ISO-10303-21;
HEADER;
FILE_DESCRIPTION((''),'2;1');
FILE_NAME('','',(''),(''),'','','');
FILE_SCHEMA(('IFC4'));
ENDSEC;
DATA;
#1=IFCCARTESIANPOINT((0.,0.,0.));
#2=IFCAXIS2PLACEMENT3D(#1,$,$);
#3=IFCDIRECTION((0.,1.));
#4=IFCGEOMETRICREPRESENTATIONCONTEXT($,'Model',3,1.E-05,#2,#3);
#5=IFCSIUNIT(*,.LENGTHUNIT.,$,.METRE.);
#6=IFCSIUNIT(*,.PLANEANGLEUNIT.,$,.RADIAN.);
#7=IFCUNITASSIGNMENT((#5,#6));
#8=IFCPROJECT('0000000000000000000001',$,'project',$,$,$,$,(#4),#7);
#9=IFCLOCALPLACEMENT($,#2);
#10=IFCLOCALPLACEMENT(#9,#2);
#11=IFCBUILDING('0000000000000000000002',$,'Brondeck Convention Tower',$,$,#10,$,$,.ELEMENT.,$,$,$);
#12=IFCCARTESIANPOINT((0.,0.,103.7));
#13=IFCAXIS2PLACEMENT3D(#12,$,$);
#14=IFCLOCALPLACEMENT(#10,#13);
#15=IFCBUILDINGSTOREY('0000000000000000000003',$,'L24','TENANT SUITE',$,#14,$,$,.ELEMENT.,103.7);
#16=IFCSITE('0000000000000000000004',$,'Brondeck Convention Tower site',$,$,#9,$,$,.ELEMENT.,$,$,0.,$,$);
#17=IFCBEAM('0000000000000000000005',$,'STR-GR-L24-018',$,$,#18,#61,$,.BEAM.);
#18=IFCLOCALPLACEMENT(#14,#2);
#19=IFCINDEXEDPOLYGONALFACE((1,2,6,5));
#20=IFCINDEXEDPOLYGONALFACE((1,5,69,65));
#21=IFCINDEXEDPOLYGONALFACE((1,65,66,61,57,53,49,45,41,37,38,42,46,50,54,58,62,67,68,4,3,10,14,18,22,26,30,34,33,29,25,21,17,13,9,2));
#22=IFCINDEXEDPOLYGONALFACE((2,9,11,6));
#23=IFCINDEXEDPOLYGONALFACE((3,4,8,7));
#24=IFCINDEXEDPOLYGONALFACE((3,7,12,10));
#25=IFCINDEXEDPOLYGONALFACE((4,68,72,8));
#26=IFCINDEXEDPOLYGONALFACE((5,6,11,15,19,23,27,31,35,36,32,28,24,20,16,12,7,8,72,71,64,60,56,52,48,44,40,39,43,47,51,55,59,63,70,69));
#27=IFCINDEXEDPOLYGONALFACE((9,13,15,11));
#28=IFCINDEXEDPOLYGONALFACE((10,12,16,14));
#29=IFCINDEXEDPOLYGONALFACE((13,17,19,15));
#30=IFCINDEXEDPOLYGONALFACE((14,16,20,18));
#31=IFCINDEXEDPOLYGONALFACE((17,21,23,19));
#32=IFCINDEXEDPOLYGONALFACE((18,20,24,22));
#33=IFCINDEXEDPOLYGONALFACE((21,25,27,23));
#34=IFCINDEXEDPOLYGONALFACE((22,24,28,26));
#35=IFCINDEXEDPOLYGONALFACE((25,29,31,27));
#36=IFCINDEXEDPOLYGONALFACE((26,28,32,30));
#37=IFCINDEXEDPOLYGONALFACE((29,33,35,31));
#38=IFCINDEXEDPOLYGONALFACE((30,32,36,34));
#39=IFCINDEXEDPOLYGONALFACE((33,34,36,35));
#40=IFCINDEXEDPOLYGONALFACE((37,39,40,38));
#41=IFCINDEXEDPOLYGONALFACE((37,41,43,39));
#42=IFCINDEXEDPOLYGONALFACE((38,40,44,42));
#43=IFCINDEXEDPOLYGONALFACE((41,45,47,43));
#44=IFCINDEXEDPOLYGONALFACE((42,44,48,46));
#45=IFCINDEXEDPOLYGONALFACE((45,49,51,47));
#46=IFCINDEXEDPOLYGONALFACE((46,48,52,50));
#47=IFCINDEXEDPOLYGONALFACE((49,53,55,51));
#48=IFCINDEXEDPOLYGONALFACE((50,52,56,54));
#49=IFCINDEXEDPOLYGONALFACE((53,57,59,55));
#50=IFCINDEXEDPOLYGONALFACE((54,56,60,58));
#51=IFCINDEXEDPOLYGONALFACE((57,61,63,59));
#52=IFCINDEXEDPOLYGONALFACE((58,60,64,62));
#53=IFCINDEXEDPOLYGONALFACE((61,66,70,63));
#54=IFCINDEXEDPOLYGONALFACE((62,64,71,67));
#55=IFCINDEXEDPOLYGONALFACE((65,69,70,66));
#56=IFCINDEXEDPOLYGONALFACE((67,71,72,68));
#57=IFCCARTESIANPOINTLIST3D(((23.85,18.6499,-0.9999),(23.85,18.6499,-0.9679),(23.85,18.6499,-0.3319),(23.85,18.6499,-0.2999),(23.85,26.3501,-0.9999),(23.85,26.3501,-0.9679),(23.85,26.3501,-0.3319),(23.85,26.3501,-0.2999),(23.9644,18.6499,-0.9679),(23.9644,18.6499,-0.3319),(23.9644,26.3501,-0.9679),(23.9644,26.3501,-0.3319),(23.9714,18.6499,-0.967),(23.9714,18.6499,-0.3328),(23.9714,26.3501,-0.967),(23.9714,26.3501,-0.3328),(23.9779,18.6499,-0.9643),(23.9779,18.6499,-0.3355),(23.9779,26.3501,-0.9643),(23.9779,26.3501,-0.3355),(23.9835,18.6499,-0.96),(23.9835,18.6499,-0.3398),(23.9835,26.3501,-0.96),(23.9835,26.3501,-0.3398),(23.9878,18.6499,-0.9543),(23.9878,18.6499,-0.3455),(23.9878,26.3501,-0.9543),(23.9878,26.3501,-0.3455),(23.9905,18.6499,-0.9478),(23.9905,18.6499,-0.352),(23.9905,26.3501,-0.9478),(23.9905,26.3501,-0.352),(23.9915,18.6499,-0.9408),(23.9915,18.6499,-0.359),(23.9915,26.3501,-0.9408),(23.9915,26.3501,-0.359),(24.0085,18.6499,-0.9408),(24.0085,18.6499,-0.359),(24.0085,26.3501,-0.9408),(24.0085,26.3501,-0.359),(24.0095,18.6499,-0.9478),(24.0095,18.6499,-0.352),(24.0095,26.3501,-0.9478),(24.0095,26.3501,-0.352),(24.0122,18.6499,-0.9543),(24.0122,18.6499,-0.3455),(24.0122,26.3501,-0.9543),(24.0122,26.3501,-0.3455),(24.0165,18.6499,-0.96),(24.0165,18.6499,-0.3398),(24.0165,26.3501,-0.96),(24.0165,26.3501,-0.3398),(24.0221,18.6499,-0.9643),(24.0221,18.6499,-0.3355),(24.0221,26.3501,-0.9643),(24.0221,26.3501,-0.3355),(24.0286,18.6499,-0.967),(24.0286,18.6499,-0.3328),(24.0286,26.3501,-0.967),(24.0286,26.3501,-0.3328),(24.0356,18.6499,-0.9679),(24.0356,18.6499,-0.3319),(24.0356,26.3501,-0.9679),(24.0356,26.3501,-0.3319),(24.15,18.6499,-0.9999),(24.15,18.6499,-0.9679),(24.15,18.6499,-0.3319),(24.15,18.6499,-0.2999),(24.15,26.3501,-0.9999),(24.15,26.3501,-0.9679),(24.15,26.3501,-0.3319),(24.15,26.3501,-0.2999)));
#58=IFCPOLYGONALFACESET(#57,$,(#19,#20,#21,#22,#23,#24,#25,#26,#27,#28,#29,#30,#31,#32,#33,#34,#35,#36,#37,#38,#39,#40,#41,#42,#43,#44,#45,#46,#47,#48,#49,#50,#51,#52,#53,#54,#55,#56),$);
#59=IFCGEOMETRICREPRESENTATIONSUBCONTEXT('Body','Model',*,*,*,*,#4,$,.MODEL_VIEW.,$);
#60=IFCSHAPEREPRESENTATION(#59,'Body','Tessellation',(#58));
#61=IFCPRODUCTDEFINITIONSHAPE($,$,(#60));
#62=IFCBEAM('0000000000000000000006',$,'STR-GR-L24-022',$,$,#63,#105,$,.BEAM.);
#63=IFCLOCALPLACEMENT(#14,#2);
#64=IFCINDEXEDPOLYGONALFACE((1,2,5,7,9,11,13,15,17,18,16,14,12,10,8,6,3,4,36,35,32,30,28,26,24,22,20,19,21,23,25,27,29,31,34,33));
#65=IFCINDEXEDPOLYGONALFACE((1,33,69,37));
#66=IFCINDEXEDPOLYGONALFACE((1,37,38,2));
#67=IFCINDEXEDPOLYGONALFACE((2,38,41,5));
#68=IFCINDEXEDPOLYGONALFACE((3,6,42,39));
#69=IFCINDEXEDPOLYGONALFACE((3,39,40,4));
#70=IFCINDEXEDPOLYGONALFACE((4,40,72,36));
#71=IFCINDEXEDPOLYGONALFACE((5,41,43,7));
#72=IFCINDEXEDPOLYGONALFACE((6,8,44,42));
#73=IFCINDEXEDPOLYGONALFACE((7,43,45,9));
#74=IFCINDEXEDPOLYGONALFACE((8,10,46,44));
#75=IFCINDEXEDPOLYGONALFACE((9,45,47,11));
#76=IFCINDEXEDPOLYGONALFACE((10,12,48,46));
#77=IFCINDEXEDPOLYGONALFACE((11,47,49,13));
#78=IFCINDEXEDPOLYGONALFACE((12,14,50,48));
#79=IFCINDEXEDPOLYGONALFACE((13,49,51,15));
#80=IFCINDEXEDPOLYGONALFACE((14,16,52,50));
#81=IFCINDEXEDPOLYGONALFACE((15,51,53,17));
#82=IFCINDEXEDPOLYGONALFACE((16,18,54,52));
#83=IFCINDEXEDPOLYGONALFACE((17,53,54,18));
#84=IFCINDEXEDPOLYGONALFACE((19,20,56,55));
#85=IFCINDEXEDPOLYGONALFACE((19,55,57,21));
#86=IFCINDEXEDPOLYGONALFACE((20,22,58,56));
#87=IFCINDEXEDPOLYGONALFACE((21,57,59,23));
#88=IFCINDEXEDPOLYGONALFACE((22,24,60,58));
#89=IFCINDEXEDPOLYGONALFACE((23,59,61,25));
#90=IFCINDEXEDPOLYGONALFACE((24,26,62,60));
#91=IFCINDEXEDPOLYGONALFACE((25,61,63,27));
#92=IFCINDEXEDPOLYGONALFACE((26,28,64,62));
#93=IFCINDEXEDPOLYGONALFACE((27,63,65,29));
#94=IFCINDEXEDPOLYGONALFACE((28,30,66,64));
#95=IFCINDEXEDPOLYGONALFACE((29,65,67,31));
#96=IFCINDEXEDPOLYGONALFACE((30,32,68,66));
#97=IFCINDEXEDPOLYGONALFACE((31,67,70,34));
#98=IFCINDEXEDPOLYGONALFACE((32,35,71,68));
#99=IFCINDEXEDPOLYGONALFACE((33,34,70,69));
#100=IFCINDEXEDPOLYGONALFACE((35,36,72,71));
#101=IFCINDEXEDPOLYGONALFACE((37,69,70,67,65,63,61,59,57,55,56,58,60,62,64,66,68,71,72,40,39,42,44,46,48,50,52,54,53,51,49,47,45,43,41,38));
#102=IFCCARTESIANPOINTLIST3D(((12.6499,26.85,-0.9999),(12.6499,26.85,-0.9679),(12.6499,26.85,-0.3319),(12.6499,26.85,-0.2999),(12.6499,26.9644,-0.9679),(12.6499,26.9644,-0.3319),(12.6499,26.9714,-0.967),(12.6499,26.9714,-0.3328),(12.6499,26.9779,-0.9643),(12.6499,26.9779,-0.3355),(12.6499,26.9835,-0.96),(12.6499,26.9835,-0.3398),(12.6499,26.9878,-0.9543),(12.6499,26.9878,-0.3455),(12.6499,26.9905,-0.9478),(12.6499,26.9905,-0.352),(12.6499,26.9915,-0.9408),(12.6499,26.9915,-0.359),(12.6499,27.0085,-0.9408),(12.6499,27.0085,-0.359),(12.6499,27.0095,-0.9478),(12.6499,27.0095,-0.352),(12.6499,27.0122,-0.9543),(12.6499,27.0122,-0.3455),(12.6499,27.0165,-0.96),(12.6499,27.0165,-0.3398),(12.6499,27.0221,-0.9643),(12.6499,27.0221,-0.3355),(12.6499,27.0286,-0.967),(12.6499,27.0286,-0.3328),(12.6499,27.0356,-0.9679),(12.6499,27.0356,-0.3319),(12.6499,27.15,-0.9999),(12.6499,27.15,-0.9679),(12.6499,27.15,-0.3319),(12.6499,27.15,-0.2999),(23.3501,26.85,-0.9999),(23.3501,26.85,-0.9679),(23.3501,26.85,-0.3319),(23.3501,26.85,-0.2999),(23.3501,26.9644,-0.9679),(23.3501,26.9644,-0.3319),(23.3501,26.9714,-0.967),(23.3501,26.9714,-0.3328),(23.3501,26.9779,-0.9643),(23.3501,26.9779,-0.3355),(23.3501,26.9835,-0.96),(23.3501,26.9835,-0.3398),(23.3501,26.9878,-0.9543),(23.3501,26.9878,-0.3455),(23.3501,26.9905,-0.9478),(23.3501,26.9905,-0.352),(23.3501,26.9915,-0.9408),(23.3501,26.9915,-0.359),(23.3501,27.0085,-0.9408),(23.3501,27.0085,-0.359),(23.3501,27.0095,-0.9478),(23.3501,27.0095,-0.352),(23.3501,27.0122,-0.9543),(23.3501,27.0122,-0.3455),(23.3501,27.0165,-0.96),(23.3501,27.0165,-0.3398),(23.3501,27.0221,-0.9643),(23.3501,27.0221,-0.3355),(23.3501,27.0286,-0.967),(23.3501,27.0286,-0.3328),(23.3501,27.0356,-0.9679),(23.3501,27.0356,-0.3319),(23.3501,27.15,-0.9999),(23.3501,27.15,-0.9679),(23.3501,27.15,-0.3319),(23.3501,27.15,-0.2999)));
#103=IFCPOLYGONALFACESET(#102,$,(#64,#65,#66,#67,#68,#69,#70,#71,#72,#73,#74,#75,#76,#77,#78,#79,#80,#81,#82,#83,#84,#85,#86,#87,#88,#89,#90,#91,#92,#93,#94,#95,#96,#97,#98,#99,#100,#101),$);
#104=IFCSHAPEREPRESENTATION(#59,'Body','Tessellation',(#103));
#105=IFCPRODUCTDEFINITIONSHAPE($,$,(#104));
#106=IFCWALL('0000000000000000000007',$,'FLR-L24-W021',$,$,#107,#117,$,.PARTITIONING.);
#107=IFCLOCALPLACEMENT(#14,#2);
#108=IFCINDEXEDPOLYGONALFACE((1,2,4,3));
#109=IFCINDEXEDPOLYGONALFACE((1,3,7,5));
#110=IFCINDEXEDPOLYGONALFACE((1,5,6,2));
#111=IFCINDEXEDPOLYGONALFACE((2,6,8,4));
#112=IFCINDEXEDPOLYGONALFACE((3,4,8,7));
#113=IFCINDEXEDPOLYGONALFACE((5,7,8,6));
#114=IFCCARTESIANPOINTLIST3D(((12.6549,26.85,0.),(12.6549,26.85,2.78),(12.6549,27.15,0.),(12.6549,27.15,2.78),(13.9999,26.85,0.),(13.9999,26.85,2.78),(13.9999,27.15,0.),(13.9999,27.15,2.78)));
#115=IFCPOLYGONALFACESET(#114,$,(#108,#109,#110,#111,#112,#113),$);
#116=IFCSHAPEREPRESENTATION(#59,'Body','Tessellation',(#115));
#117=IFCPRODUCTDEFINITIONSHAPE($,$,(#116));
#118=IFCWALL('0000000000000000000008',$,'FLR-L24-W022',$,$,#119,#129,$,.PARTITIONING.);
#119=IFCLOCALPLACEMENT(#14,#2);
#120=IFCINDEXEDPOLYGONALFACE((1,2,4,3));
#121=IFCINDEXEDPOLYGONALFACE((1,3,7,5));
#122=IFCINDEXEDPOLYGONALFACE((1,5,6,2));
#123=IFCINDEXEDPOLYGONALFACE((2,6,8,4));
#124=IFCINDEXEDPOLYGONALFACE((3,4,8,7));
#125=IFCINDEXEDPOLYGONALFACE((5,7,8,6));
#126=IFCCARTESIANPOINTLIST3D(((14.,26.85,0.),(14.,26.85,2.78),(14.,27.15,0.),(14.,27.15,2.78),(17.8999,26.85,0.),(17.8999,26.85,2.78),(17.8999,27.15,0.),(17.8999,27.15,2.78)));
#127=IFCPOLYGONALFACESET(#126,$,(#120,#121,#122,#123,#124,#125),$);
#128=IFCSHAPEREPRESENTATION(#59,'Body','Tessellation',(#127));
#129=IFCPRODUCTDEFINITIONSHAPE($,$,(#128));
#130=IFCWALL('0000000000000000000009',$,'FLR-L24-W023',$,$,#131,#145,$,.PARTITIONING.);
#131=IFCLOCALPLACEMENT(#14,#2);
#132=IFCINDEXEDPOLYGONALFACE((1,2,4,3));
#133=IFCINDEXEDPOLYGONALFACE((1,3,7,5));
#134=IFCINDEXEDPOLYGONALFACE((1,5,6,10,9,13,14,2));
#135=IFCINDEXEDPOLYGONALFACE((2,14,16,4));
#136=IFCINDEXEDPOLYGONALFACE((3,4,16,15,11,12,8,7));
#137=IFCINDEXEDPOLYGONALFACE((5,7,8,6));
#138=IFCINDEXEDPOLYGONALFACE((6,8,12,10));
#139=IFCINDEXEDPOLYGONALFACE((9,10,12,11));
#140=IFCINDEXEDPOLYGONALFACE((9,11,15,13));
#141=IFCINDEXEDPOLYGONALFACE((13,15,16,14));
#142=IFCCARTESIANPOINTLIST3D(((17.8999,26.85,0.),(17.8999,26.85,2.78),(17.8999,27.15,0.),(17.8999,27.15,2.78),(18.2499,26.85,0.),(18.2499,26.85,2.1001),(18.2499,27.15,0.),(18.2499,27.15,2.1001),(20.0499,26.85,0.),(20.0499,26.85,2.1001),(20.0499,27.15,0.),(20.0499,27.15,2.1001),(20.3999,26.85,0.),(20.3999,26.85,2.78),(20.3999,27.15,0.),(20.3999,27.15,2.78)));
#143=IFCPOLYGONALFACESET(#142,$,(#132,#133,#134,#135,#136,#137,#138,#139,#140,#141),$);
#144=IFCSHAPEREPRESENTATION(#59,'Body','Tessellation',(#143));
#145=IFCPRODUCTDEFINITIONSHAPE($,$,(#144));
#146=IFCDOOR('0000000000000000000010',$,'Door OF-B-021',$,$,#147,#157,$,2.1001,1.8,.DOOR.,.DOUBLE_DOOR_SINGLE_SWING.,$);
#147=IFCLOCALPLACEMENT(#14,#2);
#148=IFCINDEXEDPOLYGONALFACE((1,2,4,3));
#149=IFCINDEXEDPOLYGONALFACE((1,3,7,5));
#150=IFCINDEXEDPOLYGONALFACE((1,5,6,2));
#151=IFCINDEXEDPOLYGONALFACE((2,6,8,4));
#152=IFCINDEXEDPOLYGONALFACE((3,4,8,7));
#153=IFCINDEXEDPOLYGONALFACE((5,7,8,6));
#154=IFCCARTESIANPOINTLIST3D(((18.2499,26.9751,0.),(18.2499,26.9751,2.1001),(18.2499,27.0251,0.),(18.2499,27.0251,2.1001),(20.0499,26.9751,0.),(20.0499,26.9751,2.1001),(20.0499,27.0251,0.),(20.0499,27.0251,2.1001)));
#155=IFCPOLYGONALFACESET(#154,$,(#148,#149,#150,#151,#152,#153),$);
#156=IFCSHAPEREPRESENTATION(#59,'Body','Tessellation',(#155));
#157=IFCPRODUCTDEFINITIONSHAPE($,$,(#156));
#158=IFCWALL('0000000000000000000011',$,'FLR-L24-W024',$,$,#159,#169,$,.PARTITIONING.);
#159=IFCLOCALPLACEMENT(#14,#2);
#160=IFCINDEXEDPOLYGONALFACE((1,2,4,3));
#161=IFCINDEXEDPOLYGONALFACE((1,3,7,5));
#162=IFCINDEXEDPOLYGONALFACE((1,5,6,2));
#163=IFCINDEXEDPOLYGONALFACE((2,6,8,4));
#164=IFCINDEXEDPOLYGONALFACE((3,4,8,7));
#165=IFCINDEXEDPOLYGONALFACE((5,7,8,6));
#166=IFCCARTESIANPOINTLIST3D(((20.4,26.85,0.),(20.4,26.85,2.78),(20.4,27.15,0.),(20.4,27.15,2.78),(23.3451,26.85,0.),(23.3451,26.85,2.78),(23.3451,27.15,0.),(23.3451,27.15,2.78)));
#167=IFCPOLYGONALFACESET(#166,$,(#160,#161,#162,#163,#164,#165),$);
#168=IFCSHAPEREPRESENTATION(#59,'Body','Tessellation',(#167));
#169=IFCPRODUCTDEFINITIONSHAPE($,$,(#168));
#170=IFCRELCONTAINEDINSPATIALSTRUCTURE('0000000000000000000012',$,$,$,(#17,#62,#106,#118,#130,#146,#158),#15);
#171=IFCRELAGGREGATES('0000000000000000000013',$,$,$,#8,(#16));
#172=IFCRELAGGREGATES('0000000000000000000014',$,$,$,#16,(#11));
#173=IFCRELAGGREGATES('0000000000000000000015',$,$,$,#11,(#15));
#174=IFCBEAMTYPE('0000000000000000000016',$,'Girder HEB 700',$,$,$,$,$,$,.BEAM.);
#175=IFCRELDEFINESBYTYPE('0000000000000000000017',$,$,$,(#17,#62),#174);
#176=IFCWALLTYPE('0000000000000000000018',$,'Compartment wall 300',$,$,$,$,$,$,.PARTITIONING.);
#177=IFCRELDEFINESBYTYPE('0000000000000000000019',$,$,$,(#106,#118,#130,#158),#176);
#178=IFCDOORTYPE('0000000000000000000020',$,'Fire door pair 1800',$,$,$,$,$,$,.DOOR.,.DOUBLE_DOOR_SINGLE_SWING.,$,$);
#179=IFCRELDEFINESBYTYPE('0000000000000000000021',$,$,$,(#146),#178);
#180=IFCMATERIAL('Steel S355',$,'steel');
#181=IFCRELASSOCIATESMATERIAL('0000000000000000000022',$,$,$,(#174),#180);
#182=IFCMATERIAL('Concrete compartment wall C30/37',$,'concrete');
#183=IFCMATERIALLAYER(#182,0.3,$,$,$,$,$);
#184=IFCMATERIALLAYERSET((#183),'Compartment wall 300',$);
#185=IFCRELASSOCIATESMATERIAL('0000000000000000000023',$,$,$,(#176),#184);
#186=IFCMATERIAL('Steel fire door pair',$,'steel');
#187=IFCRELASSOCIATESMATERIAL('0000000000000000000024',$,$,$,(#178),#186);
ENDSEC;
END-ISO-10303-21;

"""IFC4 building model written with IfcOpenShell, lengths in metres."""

from ifc_helpers import new_model, si_unit, direction, frame, frame_2d, origin, origin_2d, place, context, subcontext, project, spatial, rectangle, i_section, extrude, material, layer, layer_set, material_profile, profile_set, type_object, element, fill, save


model = new_model("IFC4")

# Units and contexts
model_context = context("Model", 3, precision=1e-05, world=origin(), true_north=direction((0.0, 1.0)))
body_context = subcontext(model_context, "Body", "Model", "MODEL_VIEW")
ifc_project = project(units=[si_unit("LENGTHUNIT", "METRE"), si_unit("PLANEANGLEUNIT", "RADIAN")], contexts=[model_context])

# Site, building, storey
site_placement = place(None, origin())
site = spatial("IfcSite", under=ifc_project, at=site_placement, Name="Brondeck Convention Tower site", CompositionType="ELEMENT", RefElevation=0.0)
building_placement = place(site_placement, origin())
building = spatial("IfcBuilding", under=site, at=building_placement, Name="Brondeck Convention Tower", CompositionType="ELEMENT")
storey_placement = place(building_placement, frame((0.0, 0.0, 103.7)))
storey = spatial("IfcBuildingStorey", under=building, at=storey_placement, Name="L24", Description="TENANT SUITE", CompositionType="ELEMENT", Elevation=103.7)

# Beams
ifc_material_1 = material(Name="Steel S355", Category="steel")
ifc_material_profile_1 = material_profile(ifc_material_1, i_section(OverallWidth=0.3, OverallDepth=0.7, WebThickness=0.0171, FlangeThickness=0.032, FilletRadius=0.0271, at=origin_2d()), Name="HEB 700")
ifc_profile_set_1 = profile_set([ifc_material_profile_1], Name="Steel S355")
beam_type_1 = type_object("IfcBeamType", Name="Girder HEB 700", PredefinedType="BEAM", material=ifc_profile_set_1)
for number, where, z_axis, x_axis, name in (
    (1, (24.0, 26.3501, -0.6499), (0.0, -1.0, 0.0), (1.0, 0.0, 0.0), "STR-GR-L24-018"),
):
    element("IfcBeam", number, at=place(storey_placement, frame(where, z_axis=z_axis, x_axis=x_axis)), inside=storey, type_object=beam_type_1, Name=name, PredefinedType="BEAM", context=body_context, shape_type="SweptSolid", body=[
        extrude(i_section(OverallWidth=0.3, OverallDepth=0.7, WebThickness=0.0171, FlangeThickness=0.032, FilletRadius=0.0271, at=origin_2d()), origin(), (0.0, 0.0, 1.0), 7.7002),
    ])
beam_1_placement = place(storey_placement, frame((12.6499, 27.0, -0.6499), z_axis=(1.0, 0.0, 0.0), x_axis=(0.0, 1.0, 0.0)))
element("IfcBeam", 2, at=beam_1_placement, inside=storey, type_object=beam_type_1, Name="STR-GR-L24-022", PredefinedType="BEAM", context=body_context, shape_type="SweptSolid", body=[
    extrude(i_section(OverallWidth=0.3, OverallDepth=0.7, WebThickness=0.0171, FlangeThickness=0.032, FilletRadius=0.0271, at=origin_2d()), origin(), (0.0, 0.0, 1.0), 10.7002),
])

# Walls
ifc_material_2 = material(Name="Concrete compartment wall C30/37", Category="concrete")
ifc_layer_1 = layer(ifc_material_2, 0.3)
ifc_layer_set_1 = layer_set([ifc_layer_1], Name="Compartment wall 300")
wall_type_1 = type_object("IfcWallType", Name="Compartment wall 300", PredefinedType="PARTITIONING", material=ifc_layer_set_1)
wall_1_placement = place(storey_placement, frame((12.655, 27.0, 0.0), z_axis=(0.0, 0.0, 1.0), x_axis=(1.0, 0.0, 0.0)))
element("IfcWall", 3, at=wall_1_placement, inside=storey, type_object=wall_type_1, Name="FLR-L24-W021", PredefinedType="PARTITIONING", context=body_context, shape_type="SweptSolid", body=[
    extrude(rectangle(XDim=1.345, YDim=0.3, at=frame_2d((0.6724, 0.0))), origin(), (0.0, 0.0, 1.0), 2.78),
])
wall_2_placement = place(storey_placement, frame((14.0, 27.0, 0.0), z_axis=(0.0, 0.0, 1.0), x_axis=(1.0, 0.0, 0.0)))
element("IfcWall", 4, at=wall_2_placement, inside=storey, type_object=wall_type_1, Name="FLR-L24-W022", PredefinedType="PARTITIONING", context=body_context, shape_type="SweptSolid", body=[
    extrude(rectangle(XDim=3.8999, YDim=0.3, at=frame_2d((1.95, 0.0))), origin(), (0.0, 0.0, 1.0), 2.78),
])

# Wall, opening, door
wall_3_placement = place(storey_placement, frame((20.3999, 27.0, 0.0), z_axis=(0.0, 0.0, 1.0), x_axis=(-1.0, 0.0, 0.0)))
wall_3 = element("IfcWall", 5, at=wall_3_placement, inside=storey, type_object=wall_type_1, Name="FLR-L24-W023", PredefinedType="PARTITIONING", context=body_context, shape_type="SweptSolid", body=[
    extrude(rectangle(XDim=2.5, YDim=0.3, at=frame_2d((1.25, 0.0))), origin(), (0.0, 0.0, 1.0), 2.78),
])
opening_1_placement = place(wall_3_placement, frame((0.3501, 0.0, 0.0)))
opening_1 = element("IfcOpeningElement", 6, at=opening_1_placement, cuts=wall_3, PredefinedType="OPENING", context=body_context, shape_type="SweptSolid", body=[
    extrude(rectangle(XDim=1.8, YDim=2.1001, at=frame_2d((0.8999, 1.05))), frame((0.0, 0.1599, 0.0), z_axis=(0.0, -1.0, 0.0), x_axis=(1.0, 0.0, 0.0)), (0.0, 0.0, 1.0), 0.3201),
])
ifc_material_3 = material(Name="Steel fire door pair", Category="steel")
door_type_1 = type_object("IfcDoorType", Name="Fire door pair 1800", OperationType="DOUBLE_DOOR_SINGLE_SWING", PredefinedType="DOOR", material=ifc_material_3)
door_1_placement = place(opening_1_placement, origin())
door_1 = element("IfcDoor", 7, at=door_1_placement, inside=storey, type_object=door_type_1, Name="Door OF-B-021", OperationType="DOUBLE_DOOR_SINGLE_SWING", OverallHeight=2.1001, OverallWidth=1.8, PredefinedType="DOOR", context=body_context, shape_type="SweptSolid", body=[
    extrude(rectangle(XDim=1.8, YDim=2.1001, at=frame_2d((0.8999, 1.05))), frame((0.0, 0.0249, 0.0), z_axis=(0.0, -1.0, 0.0), x_axis=(1.0, 0.0, 0.0)), (0.0, 0.0, 1.0), 0.05),
])
fill(opening_1, door_1)

# Wall
wall_4_placement = place(storey_placement, frame((20.3999, 27.0, 0.0), z_axis=(0.0, 0.0, 1.0), x_axis=(1.0, 0.0, 0.0)))
element("IfcWall", 8, at=wall_4_placement, inside=storey, type_object=wall_type_1, Name="FLR-L24-W024", PredefinedType="PARTITIONING", context=body_context, shape_type="SweptSolid", body=[
    extrude(rectangle(XDim=2.9451, YDim=0.3, at=frame_2d((1.4727, 0.0))), origin(), (0.0, 0.0, 1.0), 2.78),
])

save(model, "model.ifc")
